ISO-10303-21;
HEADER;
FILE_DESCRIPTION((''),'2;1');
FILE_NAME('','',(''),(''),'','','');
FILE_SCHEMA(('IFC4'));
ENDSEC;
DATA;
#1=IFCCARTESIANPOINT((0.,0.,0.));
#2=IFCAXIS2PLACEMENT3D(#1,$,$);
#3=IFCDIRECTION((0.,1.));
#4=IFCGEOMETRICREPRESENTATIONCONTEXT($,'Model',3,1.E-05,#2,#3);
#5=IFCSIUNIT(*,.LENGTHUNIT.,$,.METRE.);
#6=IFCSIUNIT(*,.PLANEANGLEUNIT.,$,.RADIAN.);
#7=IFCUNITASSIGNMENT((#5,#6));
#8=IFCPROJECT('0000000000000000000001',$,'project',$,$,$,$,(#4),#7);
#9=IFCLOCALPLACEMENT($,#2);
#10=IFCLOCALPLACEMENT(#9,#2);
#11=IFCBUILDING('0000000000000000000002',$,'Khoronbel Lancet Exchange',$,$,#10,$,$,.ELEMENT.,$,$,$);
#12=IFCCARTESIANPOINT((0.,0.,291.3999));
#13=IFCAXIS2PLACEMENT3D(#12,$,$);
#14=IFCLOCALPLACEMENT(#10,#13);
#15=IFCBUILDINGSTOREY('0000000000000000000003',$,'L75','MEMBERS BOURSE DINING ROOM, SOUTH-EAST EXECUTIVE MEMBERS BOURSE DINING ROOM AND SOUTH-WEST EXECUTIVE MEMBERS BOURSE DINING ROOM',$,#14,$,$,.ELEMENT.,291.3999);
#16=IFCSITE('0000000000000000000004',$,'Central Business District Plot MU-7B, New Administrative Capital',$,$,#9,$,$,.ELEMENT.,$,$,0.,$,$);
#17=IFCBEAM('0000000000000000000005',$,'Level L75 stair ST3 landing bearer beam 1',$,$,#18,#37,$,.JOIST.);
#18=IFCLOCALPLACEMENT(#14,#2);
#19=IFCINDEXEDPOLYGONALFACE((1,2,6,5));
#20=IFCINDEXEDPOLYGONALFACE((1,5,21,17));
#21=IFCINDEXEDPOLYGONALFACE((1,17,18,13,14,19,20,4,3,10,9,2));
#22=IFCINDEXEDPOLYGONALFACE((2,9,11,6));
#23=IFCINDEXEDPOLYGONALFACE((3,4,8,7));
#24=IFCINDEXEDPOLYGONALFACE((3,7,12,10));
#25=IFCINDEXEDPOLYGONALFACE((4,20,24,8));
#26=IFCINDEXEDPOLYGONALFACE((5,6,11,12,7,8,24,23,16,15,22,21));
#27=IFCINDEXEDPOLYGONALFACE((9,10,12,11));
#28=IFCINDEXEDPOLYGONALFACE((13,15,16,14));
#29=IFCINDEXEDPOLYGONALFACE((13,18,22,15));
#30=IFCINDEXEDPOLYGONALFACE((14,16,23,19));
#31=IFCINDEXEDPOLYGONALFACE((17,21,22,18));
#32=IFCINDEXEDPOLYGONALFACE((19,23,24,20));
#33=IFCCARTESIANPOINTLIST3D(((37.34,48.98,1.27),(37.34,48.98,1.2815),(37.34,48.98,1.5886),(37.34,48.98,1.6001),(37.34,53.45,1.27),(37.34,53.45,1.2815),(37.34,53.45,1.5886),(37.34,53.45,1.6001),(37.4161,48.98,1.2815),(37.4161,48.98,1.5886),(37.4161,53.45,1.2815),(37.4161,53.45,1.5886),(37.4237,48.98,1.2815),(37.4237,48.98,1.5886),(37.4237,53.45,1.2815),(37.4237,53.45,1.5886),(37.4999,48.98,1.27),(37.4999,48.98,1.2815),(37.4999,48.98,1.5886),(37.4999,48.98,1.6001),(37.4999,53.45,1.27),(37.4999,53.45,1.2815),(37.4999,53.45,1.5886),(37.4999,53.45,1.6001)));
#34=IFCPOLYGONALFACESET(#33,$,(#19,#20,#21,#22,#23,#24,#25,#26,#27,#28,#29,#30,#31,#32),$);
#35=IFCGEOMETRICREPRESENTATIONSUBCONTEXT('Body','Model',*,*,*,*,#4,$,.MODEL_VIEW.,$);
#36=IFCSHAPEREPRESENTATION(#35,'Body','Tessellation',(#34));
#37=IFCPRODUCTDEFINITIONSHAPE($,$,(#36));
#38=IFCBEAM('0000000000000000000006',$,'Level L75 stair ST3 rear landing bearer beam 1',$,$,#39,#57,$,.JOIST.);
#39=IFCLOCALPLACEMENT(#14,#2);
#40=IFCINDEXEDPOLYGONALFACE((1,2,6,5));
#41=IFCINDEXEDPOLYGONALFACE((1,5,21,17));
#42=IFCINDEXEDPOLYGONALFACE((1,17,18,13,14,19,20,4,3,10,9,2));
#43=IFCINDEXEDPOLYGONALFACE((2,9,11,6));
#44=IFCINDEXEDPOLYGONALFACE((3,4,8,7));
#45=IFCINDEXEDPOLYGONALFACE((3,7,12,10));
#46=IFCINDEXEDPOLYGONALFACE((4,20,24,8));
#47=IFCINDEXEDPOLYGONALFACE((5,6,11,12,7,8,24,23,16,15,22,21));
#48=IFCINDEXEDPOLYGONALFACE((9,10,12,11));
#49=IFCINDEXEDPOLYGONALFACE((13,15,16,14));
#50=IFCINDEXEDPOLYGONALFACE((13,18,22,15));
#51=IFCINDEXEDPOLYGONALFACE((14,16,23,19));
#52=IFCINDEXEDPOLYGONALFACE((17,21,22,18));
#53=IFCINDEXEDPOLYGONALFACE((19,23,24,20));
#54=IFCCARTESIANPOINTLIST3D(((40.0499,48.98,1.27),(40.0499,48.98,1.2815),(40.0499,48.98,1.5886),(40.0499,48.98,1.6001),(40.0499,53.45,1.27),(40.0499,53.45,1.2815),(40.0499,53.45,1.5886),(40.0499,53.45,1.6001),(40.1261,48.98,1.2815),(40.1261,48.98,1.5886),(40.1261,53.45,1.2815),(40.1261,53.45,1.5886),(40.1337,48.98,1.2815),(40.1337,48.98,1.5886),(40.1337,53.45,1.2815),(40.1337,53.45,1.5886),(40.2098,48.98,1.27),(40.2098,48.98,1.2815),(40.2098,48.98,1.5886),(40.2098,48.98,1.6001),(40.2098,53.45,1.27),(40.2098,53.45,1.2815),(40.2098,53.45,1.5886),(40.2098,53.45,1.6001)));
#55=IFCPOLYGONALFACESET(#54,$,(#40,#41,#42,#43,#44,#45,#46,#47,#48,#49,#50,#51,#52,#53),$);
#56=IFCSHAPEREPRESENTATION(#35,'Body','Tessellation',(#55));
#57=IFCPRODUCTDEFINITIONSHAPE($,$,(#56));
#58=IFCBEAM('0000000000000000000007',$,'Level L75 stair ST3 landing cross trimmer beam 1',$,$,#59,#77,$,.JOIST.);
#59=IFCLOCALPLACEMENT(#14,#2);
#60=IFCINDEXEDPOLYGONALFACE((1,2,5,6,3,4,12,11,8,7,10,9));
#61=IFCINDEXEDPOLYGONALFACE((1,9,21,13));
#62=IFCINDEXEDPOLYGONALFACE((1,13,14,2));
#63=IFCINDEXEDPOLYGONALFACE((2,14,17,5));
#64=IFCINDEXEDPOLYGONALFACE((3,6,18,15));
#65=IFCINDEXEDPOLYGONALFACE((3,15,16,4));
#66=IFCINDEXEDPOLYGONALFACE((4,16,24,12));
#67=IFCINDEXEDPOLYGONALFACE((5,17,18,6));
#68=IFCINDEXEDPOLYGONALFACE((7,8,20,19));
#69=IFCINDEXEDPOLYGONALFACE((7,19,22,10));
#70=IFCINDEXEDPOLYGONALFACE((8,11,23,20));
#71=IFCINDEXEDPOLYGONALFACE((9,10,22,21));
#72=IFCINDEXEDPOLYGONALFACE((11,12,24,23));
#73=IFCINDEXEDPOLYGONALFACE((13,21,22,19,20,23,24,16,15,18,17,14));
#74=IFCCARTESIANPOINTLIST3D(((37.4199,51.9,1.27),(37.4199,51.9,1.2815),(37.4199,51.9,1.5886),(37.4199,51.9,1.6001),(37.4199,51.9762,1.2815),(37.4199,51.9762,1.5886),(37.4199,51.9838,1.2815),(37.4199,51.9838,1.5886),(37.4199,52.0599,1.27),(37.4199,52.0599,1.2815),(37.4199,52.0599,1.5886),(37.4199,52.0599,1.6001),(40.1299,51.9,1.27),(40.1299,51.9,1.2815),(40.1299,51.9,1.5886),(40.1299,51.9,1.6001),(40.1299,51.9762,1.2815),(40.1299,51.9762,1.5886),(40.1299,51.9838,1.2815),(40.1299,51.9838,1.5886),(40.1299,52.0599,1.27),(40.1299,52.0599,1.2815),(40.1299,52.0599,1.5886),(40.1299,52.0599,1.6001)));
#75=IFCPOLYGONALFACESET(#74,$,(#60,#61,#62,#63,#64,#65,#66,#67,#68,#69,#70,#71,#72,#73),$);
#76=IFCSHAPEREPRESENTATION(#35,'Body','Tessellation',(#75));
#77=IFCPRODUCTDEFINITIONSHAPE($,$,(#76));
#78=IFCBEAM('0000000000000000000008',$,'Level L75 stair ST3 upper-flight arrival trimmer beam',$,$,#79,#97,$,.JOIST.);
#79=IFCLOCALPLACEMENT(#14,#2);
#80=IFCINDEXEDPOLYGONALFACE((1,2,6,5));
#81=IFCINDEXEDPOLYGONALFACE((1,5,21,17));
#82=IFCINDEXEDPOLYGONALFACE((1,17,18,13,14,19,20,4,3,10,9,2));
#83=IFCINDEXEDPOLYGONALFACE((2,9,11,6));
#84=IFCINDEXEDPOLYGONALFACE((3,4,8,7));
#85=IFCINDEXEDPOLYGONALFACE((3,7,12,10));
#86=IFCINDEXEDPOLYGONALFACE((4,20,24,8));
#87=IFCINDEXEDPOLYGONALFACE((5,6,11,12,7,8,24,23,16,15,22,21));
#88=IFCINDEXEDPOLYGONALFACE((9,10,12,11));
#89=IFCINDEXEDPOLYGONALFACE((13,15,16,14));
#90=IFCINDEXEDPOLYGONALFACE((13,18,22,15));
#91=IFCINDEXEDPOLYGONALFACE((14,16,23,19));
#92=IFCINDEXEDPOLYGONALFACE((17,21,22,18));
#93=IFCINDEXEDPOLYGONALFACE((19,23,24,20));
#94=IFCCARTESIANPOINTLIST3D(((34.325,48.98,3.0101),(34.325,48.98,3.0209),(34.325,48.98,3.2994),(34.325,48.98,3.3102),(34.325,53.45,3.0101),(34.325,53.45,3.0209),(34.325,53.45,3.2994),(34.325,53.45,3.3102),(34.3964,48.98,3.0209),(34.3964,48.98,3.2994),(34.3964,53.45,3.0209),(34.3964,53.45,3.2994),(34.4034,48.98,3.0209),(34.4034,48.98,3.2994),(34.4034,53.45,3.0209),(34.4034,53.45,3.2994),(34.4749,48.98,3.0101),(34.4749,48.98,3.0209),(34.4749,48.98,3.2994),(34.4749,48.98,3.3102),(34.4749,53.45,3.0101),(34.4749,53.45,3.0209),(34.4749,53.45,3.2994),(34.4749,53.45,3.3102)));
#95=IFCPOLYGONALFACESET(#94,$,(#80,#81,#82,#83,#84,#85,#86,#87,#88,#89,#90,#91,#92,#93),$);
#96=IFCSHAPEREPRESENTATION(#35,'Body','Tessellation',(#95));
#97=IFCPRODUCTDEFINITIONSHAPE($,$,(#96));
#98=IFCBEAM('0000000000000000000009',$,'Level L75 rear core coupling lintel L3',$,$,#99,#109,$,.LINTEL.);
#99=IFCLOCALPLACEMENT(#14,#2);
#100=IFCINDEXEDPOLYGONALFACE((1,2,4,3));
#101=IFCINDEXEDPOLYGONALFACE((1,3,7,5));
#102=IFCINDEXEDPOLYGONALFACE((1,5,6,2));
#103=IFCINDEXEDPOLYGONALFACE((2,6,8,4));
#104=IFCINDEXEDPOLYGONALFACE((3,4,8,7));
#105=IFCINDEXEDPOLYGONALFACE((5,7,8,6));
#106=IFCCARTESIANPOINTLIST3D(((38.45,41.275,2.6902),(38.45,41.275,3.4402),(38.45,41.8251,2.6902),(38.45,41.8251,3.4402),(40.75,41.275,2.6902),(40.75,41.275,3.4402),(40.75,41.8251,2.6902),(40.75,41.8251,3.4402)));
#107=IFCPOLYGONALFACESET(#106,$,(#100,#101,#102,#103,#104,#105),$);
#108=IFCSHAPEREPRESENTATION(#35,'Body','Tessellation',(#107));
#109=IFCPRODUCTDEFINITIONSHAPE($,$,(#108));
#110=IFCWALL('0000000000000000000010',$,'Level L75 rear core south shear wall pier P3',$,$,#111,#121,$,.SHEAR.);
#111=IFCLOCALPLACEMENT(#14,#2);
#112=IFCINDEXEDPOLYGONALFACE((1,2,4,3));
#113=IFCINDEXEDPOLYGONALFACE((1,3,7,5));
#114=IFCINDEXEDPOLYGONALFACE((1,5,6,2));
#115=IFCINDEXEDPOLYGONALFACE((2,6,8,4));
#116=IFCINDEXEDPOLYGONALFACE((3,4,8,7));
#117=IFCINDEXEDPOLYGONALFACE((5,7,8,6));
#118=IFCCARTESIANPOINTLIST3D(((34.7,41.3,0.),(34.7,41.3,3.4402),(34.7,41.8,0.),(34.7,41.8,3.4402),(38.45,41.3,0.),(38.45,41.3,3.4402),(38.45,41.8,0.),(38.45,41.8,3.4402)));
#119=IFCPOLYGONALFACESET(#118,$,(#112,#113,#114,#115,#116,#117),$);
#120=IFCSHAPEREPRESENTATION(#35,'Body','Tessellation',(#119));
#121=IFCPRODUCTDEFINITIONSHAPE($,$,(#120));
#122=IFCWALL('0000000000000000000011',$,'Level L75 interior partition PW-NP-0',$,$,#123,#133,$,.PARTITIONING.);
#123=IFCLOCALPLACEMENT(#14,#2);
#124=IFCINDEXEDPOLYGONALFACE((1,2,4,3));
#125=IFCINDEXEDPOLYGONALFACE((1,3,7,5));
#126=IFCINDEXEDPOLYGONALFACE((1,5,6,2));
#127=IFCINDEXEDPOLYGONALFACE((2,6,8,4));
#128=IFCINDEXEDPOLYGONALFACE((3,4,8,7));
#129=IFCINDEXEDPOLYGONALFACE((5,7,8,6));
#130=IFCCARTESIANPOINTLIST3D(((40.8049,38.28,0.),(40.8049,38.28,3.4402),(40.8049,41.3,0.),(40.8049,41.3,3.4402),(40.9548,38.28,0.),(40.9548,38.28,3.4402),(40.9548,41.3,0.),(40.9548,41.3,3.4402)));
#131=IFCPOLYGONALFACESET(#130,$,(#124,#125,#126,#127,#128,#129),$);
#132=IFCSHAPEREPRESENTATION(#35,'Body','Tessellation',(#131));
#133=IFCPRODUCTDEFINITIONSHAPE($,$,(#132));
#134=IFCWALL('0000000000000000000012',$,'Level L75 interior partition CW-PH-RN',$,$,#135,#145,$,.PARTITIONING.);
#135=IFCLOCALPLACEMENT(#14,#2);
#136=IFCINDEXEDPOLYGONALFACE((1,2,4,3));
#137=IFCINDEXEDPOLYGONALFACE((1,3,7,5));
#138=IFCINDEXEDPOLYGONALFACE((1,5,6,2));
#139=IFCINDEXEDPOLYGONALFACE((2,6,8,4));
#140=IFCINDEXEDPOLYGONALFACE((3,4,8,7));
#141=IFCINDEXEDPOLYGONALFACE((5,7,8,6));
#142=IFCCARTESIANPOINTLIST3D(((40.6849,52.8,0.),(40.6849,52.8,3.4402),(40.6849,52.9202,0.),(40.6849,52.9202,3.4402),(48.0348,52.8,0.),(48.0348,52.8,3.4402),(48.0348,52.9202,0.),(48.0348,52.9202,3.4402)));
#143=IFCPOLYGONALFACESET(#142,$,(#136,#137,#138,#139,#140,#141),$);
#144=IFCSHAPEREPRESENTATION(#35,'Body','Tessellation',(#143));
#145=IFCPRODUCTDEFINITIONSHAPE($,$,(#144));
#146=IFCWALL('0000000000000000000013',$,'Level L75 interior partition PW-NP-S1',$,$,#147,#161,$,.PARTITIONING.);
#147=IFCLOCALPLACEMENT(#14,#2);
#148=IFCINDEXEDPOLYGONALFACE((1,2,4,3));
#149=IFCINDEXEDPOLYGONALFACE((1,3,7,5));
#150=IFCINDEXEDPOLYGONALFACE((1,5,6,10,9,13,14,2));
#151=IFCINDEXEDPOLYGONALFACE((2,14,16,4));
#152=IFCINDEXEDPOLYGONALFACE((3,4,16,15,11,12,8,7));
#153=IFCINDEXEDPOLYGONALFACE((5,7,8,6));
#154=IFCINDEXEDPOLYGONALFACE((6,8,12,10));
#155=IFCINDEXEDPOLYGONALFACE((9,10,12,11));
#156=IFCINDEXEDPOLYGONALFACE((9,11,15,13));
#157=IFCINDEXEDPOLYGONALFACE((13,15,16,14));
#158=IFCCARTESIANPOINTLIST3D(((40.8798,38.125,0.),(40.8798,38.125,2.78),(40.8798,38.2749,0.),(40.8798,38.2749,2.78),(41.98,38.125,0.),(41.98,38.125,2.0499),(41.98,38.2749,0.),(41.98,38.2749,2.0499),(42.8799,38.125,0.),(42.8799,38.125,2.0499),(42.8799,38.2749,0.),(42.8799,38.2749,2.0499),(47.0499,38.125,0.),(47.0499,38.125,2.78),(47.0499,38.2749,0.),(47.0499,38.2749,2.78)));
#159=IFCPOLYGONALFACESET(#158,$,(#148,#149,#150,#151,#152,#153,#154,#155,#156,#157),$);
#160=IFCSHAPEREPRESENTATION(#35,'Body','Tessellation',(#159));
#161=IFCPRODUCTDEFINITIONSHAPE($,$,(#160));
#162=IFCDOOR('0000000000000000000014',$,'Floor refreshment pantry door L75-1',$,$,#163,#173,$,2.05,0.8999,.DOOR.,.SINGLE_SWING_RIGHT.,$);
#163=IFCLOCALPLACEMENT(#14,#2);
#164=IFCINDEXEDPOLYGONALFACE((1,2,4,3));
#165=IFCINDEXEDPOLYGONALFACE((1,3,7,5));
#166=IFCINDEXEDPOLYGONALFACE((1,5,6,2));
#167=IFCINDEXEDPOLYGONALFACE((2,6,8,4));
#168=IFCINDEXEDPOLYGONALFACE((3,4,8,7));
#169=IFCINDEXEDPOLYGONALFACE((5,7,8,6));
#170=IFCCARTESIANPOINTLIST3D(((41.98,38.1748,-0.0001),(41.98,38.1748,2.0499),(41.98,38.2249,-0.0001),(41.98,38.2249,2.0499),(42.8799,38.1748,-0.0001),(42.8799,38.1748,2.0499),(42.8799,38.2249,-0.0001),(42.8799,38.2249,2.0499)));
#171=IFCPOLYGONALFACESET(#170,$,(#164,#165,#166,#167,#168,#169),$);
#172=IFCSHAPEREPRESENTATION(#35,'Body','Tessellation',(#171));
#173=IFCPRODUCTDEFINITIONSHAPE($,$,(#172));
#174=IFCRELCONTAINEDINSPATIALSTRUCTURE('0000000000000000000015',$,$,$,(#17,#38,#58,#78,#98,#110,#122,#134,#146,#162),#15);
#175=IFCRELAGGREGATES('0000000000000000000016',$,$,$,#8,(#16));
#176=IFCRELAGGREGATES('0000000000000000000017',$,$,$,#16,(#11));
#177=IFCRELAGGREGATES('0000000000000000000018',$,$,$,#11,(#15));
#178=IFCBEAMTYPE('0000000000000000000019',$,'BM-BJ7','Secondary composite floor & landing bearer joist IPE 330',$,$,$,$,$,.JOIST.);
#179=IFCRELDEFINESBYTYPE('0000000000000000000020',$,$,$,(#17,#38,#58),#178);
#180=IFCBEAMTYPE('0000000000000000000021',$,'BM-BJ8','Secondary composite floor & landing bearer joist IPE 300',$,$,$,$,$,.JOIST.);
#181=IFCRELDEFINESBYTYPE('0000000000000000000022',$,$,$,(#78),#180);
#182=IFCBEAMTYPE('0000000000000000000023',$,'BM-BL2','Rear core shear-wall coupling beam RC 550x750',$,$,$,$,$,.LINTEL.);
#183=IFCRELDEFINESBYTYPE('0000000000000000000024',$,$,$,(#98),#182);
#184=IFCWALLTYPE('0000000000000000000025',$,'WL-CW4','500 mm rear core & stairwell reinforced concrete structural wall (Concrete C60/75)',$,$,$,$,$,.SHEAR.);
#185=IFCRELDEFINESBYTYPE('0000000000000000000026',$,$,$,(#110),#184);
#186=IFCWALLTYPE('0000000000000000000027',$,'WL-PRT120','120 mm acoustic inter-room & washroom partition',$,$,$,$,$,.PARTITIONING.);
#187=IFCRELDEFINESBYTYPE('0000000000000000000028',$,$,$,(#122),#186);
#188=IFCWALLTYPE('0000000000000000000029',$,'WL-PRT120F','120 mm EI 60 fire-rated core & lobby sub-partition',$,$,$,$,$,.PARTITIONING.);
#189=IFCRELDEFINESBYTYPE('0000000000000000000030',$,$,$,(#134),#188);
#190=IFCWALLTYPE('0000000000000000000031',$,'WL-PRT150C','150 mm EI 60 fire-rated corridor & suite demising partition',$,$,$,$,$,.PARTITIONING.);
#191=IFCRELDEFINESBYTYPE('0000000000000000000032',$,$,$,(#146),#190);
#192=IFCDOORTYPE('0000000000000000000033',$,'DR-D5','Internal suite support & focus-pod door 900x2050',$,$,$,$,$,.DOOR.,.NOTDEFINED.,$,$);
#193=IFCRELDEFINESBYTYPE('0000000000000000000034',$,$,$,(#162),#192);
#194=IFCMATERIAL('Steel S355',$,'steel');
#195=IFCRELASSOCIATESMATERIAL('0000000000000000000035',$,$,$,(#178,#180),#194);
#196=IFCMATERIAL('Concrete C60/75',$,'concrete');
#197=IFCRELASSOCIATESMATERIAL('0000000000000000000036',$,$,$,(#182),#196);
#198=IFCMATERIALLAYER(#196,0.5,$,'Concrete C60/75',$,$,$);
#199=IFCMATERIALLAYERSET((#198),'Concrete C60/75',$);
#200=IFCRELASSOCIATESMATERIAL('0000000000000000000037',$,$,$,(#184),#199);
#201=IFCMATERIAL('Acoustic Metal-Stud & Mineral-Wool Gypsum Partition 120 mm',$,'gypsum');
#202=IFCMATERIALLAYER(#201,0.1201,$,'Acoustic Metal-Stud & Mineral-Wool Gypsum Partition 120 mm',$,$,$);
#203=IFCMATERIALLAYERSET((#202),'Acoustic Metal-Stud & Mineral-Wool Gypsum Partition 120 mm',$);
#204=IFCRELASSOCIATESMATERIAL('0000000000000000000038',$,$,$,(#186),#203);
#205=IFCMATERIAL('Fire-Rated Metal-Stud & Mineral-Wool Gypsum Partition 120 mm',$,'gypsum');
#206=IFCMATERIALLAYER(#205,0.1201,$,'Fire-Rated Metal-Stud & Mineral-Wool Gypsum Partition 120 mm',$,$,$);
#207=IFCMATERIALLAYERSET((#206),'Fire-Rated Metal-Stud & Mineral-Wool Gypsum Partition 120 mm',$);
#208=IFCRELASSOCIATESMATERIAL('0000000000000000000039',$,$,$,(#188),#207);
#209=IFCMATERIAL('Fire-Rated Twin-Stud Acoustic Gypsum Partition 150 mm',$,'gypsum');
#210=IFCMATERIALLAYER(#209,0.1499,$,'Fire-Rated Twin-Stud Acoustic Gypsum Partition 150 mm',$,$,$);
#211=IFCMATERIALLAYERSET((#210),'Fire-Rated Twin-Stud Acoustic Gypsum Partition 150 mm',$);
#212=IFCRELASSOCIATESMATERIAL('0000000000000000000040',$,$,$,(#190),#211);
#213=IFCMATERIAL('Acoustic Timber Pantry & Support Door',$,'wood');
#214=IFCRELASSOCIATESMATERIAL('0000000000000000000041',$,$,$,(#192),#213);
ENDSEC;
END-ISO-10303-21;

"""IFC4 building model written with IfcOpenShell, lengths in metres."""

from ifc_helpers import new_model, si_unit, direction, frame, frame_2d, origin, origin_2d, place, context, subcontext, project, spatial, rectangle, i_section, extrude, material, layer, layer_set, material_profile, profile_set, type_object, element, fill, save


model = new_model("IFC4")

# Units and contexts
model_context = context("Model", 3, precision=1e-05, world=origin(), true_north=direction((0.0, 1.0)))
body_context = subcontext(model_context, "Body", "Model", "MODEL_VIEW")
ifc_project = project(units=[si_unit("LENGTHUNIT", "METRE"), si_unit("PLANEANGLEUNIT", "RADIAN")], contexts=[model_context])

# Site, building, storey
site_placement = place(None, origin())
site = spatial("IfcSite", under=ifc_project, at=site_placement, Name="Central Business District Plot MU-7B, New Administrative Capital", CompositionType="ELEMENT", RefElevation=0.0)
building_placement = place(site_placement, origin())
building = spatial("IfcBuilding", under=site, at=building_placement, Name="Khoronbel Lancet Exchange", CompositionType="ELEMENT")
storey_placement = place(building_placement, frame((0.0, 0.0, 291.3999)))
storey = spatial("IfcBuildingStorey", under=building, at=storey_placement, Name="L75", Description="MEMBERS BOURSE DINING ROOM, SOUTH-EAST EXECUTIVE MEMBERS BOURSE DINING ROOM AND SOUTH-WEST EXECUTIVE MEMBERS BOURSE DINING ROOM", CompositionType="ELEMENT", Elevation=291.3999)

# Beams
ifc_material_1 = material(Name="Steel S355", Category="steel")
ifc_material_profile_1 = material_profile(ifc_material_1, i_section(OverallWidth=0.1599, OverallDepth=0.3301, WebThickness=0.0076, FlangeThickness=0.0115, at=origin_2d()), Name="IPE 330")
ifc_profile_set_1 = profile_set([ifc_material_profile_1], Name="Steel S355")
beam_type_1 = type_object("IfcBeamType", Name="BM-BJ7", Description="Secondary composite floor & landing bearer joist IPE 330", PredefinedType="JOIST", material=ifc_profile_set_1)
for number, where, z_axis, x_axis, name in (
    (1, (37.4199, 48.98, 1.4351), (0.0, 1.0, 0.0), (-1.0, 0.0, 0.0), "Level L75 stair ST3 landing bearer beam 1"),
    (2, (40.1299, 48.98, 1.4351), (0.0, 1.0, 0.0), (-1.0, 0.0, 0.0), "Level L75 stair ST3 rear landing bearer beam 1"),
):
    element("IfcBeam", number, at=place(storey_placement, frame(where, z_axis=z_axis, x_axis=x_axis)), inside=storey, type_object=beam_type_1, Name=name, PredefinedType="JOIST", context=body_context, shape_type="SweptSolid", body=[
        extrude(i_section(OverallWidth=0.1599, OverallDepth=0.3301, WebThickness=0.0076, FlangeThickness=0.0115, at=origin_2d()), origin(), (0.0, 0.0, 1.0), 4.47),
    ])
beam_1_placement = place(storey_placement, frame((37.4199, 51.98, 1.4351), z_axis=(1.0, 0.0, 0.0), x_axis=(0.0, 1.0, 0.0)))
element("IfcBeam", 3, at=beam_1_placement, inside=storey, type_object=beam_type_1, Name="Level L75 stair ST3 landing cross trimmer beam 1", PredefinedType="JOIST", context=body_context, shape_type="SweptSolid", body=[
    extrude(i_section(OverallWidth=0.1599, OverallDepth=0.3301, WebThickness=0.0076, FlangeThickness=0.0115, at=origin_2d()), origin(), (0.0, 0.0, 1.0), 2.71),
])
ifc_material_profile_2 = material_profile(ifc_material_1, i_section(OverallWidth=0.1499, OverallDepth=0.3, WebThickness=0.0071, FlangeThickness=0.0107, at=origin_2d()), Name="IPE 300")
ifc_profile_set_2 = profile_set([ifc_material_profile_2], Name="Steel S355")
beam_type_2 = type_object("IfcBeamType", Name="BM-BJ8", Description="Secondary composite floor & landing bearer joist IPE 300", PredefinedType="JOIST", material=ifc_profile_set_2)
beam_2_placement = place(storey_placement, frame((34.3999, 48.98, 3.1602), z_axis=(0.0, 1.0, 0.0), x_axis=(-1.0, 0.0, 0.0)))
element("IfcBeam", 4, at=beam_2_placement, inside=storey, type_object=beam_type_2, Name="Level L75 stair ST3 upper-flight arrival trimmer beam", PredefinedType="JOIST", context=body_context, shape_type="SweptSolid", body=[
    extrude(i_section(OverallWidth=0.1499, OverallDepth=0.3, WebThickness=0.0071, FlangeThickness=0.0107, at=origin_2d()), origin(), (0.0, 0.0, 1.0), 4.47),
])
ifc_material_2 = material(Name="Concrete C60/75", Category="concrete")
ifc_material_profile_3 = material_profile(ifc_material_2, rectangle(XDim=0.55, YDim=0.75, at=origin_2d()), Name="RC 550x750")
ifc_profile_set_3 = profile_set([ifc_material_profile_3], Name="Concrete C60/75")
beam_type_3 = type_object("IfcBeamType", Name="BM-BL2", Description="Rear core shear-wall coupling beam RC 550x750", PredefinedType="LINTEL", material=ifc_profile_set_3)
beam_3_placement = place(storey_placement, frame((38.45, 41.55, 3.0652), z_axis=(1.0, 0.0, 0.0), x_axis=(0.0, 1.0, 0.0)))
element("IfcBeam", 5, at=beam_3_placement, inside=storey, type_object=beam_type_3, Name="Level L75 rear core coupling lintel L3", PredefinedType="LINTEL", context=body_context, shape_type="SweptSolid", body=[
    extrude(rectangle(XDim=0.55, YDim=0.75, at=origin_2d()), origin(), (0.0, 0.0, 1.0), 2.3),
])

# Walls
ifc_layer_1 = layer(ifc_material_2, 0.5, Name="Concrete C60/75")
ifc_layer_set_1 = layer_set([ifc_layer_1], Name="Concrete C60/75")
wall_type_1 = type_object("IfcWallType", Name="WL-CW4", Description="500 mm rear core & stairwell reinforced concrete structural wall (Concrete C60/75)", PredefinedType="SHEAR", material=ifc_layer_set_1)
wall_1_placement = place(storey_placement, frame((38.45, 41.55, 0.0), z_axis=(0.0, 0.0, 1.0), x_axis=(-1.0, 0.0, 0.0)))
element("IfcWall", 6, at=wall_1_placement, inside=storey, type_object=wall_type_1, Name="Level L75 rear core south shear wall pier P3", PredefinedType="SHEAR", context=body_context, shape_type="SweptSolid", body=[
    extrude(rectangle(XDim=3.75, YDim=0.5, at=frame_2d((1.875, 0.0))), origin(), (0.0, 0.0, 1.0), 3.4402),
])
ifc_material_3 = material(Name="Acoustic Metal-Stud & Mineral-Wool Gypsum Partition 120 mm", Category="gypsum")
ifc_layer_2 = layer(ifc_material_3, 0.1201, Name="Acoustic Metal-Stud & Mineral-Wool Gypsum Partition 120 mm")
ifc_layer_set_2 = layer_set([ifc_layer_2], Name="Acoustic Metal-Stud & Mineral-Wool Gypsum Partition 120 mm")
wall_type_2 = type_object("IfcWallType", Name="WL-PRT120", Description="120 mm acoustic inter-room & washroom partition", PredefinedType="PARTITIONING", material=ifc_layer_set_2)
wall_2_placement = place(storey_placement, frame((40.8799, 38.28, 0.0), z_axis=(0.0, 0.0, 1.0), x_axis=(0.0, 1.0, 0.0)))
element("IfcWall", 7, at=wall_2_placement, inside=storey, type_object=wall_type_2, Name="Level L75 interior partition PW-NP-0", PredefinedType="PARTITIONING", context=body_context, shape_type="SweptSolid", body=[
    extrude(rectangle(XDim=3.02, YDim=0.1499, at=frame_2d((1.51, 0.0))), origin(), (0.0, 0.0, 1.0), 3.4402),
])
ifc_material_4 = material(Name="Fire-Rated Metal-Stud & Mineral-Wool Gypsum Partition 120 mm", Category="gypsum")
ifc_layer_3 = layer(ifc_material_4, 0.1201, Name="Fire-Rated Metal-Stud & Mineral-Wool Gypsum Partition 120 mm")
ifc_layer_set_3 = layer_set([ifc_layer_3], Name="Fire-Rated Metal-Stud & Mineral-Wool Gypsum Partition 120 mm")
wall_type_3 = type_object("IfcWallType", Name="WL-PRT120F", Description="120 mm EI 60 fire-rated core & lobby sub-partition", PredefinedType="PARTITIONING", material=ifc_layer_set_3)
wall_3_placement = place(storey_placement, frame((40.6851, 52.8601, 0.0), z_axis=(0.0, 0.0, 1.0), x_axis=(1.0, 0.0, 0.0)))
element("IfcWall", 8, at=wall_3_placement, inside=storey, type_object=wall_type_3, Name="Level L75 interior partition CW-PH-RN", PredefinedType="PARTITIONING", context=body_context, shape_type="SweptSolid", body=[
    extrude(rectangle(XDim=7.3499, YDim=0.1201, at=frame_2d((3.6748, 0.0))), origin(), (0.0, 0.0, 1.0), 3.4402),
])

# Wall, opening, door
ifc_material_5 = material(Name="Fire-Rated Twin-Stud Acoustic Gypsum Partition 150 mm", Category="gypsum")
ifc_layer_4 = layer(ifc_material_5, 0.1499, Name="Fire-Rated Twin-Stud Acoustic Gypsum Partition 150 mm")
ifc_layer_set_4 = layer_set([ifc_layer_4], Name="Fire-Rated Twin-Stud Acoustic Gypsum Partition 150 mm")
wall_type_4 = type_object("IfcWallType", Name="WL-PRT150C", Description="150 mm EI 60 fire-rated corridor & suite demising partition", PredefinedType="PARTITIONING", material=ifc_layer_set_4)
wall_4_placement = place(storey_placement, frame((40.8799, 38.2, 0.0), z_axis=(0.0, 0.0, 1.0), x_axis=(1.0, 0.0, 0.0)))
wall_4 = element("IfcWall", 9, at=wall_4_placement, inside=storey, type_object=wall_type_4, Name="Level L75 interior partition PW-NP-S1", PredefinedType="PARTITIONING", context=body_context, shape_type="SweptSolid", body=[
    extrude(rectangle(XDim=6.1702, YDim=0.1499, at=frame_2d((3.085, 0.0))), origin(), (0.0, 0.0, 1.0), 2.78),
])
opening_1_placement = place(wall_4_placement, frame((1.1001, 0.0, 0.0)))
opening_1 = element("IfcOpeningElement", 10, at=opening_1_placement, cuts=wall_4, PredefinedType="OPENING", context=body_context, shape_type="SweptSolid", body=[
    extrude(rectangle(XDim=0.8999, YDim=2.05, at=frame_2d((0.45, 1.0249))), frame((0.0, 0.085, 0.0), z_axis=(0.0, -1.0, 0.0), x_axis=(1.0, 0.0, 0.0)), (0.0, 0.0, 1.0), 0.1699),
])
ifc_material_6 = material(Name="Acoustic Timber Pantry & Support Door", Category="wood")
door_type_1 = type_object("IfcDoorType", Name="DR-D5", Description="Internal suite support & focus-pod door 900x2050", OperationType="NOTDEFINED", PredefinedType="DOOR", material=ifc_material_6)
door_1_placement = place(opening_1_placement, origin())
door_1 = element("IfcDoor", 11, at=door_1_placement, inside=storey, type_object=door_type_1, Name="Floor refreshment pantry door L75-1", OperationType="SINGLE_SWING_RIGHT", OverallHeight=2.05, OverallWidth=0.8999, PredefinedType="DOOR", context=body_context, shape_type="SweptSolid", body=[
    extrude(rectangle(XDim=0.8999, YDim=2.05, at=frame_2d((0.45, 1.0249))), frame((0.0, 0.0249, 0.0), z_axis=(0.0, -1.0, 0.0), x_axis=(1.0, 0.0, 0.0)), (0.0, 0.0, 1.0), 0.05),
])
fill(opening_1, door_1)

save(model, "model.ifc")
